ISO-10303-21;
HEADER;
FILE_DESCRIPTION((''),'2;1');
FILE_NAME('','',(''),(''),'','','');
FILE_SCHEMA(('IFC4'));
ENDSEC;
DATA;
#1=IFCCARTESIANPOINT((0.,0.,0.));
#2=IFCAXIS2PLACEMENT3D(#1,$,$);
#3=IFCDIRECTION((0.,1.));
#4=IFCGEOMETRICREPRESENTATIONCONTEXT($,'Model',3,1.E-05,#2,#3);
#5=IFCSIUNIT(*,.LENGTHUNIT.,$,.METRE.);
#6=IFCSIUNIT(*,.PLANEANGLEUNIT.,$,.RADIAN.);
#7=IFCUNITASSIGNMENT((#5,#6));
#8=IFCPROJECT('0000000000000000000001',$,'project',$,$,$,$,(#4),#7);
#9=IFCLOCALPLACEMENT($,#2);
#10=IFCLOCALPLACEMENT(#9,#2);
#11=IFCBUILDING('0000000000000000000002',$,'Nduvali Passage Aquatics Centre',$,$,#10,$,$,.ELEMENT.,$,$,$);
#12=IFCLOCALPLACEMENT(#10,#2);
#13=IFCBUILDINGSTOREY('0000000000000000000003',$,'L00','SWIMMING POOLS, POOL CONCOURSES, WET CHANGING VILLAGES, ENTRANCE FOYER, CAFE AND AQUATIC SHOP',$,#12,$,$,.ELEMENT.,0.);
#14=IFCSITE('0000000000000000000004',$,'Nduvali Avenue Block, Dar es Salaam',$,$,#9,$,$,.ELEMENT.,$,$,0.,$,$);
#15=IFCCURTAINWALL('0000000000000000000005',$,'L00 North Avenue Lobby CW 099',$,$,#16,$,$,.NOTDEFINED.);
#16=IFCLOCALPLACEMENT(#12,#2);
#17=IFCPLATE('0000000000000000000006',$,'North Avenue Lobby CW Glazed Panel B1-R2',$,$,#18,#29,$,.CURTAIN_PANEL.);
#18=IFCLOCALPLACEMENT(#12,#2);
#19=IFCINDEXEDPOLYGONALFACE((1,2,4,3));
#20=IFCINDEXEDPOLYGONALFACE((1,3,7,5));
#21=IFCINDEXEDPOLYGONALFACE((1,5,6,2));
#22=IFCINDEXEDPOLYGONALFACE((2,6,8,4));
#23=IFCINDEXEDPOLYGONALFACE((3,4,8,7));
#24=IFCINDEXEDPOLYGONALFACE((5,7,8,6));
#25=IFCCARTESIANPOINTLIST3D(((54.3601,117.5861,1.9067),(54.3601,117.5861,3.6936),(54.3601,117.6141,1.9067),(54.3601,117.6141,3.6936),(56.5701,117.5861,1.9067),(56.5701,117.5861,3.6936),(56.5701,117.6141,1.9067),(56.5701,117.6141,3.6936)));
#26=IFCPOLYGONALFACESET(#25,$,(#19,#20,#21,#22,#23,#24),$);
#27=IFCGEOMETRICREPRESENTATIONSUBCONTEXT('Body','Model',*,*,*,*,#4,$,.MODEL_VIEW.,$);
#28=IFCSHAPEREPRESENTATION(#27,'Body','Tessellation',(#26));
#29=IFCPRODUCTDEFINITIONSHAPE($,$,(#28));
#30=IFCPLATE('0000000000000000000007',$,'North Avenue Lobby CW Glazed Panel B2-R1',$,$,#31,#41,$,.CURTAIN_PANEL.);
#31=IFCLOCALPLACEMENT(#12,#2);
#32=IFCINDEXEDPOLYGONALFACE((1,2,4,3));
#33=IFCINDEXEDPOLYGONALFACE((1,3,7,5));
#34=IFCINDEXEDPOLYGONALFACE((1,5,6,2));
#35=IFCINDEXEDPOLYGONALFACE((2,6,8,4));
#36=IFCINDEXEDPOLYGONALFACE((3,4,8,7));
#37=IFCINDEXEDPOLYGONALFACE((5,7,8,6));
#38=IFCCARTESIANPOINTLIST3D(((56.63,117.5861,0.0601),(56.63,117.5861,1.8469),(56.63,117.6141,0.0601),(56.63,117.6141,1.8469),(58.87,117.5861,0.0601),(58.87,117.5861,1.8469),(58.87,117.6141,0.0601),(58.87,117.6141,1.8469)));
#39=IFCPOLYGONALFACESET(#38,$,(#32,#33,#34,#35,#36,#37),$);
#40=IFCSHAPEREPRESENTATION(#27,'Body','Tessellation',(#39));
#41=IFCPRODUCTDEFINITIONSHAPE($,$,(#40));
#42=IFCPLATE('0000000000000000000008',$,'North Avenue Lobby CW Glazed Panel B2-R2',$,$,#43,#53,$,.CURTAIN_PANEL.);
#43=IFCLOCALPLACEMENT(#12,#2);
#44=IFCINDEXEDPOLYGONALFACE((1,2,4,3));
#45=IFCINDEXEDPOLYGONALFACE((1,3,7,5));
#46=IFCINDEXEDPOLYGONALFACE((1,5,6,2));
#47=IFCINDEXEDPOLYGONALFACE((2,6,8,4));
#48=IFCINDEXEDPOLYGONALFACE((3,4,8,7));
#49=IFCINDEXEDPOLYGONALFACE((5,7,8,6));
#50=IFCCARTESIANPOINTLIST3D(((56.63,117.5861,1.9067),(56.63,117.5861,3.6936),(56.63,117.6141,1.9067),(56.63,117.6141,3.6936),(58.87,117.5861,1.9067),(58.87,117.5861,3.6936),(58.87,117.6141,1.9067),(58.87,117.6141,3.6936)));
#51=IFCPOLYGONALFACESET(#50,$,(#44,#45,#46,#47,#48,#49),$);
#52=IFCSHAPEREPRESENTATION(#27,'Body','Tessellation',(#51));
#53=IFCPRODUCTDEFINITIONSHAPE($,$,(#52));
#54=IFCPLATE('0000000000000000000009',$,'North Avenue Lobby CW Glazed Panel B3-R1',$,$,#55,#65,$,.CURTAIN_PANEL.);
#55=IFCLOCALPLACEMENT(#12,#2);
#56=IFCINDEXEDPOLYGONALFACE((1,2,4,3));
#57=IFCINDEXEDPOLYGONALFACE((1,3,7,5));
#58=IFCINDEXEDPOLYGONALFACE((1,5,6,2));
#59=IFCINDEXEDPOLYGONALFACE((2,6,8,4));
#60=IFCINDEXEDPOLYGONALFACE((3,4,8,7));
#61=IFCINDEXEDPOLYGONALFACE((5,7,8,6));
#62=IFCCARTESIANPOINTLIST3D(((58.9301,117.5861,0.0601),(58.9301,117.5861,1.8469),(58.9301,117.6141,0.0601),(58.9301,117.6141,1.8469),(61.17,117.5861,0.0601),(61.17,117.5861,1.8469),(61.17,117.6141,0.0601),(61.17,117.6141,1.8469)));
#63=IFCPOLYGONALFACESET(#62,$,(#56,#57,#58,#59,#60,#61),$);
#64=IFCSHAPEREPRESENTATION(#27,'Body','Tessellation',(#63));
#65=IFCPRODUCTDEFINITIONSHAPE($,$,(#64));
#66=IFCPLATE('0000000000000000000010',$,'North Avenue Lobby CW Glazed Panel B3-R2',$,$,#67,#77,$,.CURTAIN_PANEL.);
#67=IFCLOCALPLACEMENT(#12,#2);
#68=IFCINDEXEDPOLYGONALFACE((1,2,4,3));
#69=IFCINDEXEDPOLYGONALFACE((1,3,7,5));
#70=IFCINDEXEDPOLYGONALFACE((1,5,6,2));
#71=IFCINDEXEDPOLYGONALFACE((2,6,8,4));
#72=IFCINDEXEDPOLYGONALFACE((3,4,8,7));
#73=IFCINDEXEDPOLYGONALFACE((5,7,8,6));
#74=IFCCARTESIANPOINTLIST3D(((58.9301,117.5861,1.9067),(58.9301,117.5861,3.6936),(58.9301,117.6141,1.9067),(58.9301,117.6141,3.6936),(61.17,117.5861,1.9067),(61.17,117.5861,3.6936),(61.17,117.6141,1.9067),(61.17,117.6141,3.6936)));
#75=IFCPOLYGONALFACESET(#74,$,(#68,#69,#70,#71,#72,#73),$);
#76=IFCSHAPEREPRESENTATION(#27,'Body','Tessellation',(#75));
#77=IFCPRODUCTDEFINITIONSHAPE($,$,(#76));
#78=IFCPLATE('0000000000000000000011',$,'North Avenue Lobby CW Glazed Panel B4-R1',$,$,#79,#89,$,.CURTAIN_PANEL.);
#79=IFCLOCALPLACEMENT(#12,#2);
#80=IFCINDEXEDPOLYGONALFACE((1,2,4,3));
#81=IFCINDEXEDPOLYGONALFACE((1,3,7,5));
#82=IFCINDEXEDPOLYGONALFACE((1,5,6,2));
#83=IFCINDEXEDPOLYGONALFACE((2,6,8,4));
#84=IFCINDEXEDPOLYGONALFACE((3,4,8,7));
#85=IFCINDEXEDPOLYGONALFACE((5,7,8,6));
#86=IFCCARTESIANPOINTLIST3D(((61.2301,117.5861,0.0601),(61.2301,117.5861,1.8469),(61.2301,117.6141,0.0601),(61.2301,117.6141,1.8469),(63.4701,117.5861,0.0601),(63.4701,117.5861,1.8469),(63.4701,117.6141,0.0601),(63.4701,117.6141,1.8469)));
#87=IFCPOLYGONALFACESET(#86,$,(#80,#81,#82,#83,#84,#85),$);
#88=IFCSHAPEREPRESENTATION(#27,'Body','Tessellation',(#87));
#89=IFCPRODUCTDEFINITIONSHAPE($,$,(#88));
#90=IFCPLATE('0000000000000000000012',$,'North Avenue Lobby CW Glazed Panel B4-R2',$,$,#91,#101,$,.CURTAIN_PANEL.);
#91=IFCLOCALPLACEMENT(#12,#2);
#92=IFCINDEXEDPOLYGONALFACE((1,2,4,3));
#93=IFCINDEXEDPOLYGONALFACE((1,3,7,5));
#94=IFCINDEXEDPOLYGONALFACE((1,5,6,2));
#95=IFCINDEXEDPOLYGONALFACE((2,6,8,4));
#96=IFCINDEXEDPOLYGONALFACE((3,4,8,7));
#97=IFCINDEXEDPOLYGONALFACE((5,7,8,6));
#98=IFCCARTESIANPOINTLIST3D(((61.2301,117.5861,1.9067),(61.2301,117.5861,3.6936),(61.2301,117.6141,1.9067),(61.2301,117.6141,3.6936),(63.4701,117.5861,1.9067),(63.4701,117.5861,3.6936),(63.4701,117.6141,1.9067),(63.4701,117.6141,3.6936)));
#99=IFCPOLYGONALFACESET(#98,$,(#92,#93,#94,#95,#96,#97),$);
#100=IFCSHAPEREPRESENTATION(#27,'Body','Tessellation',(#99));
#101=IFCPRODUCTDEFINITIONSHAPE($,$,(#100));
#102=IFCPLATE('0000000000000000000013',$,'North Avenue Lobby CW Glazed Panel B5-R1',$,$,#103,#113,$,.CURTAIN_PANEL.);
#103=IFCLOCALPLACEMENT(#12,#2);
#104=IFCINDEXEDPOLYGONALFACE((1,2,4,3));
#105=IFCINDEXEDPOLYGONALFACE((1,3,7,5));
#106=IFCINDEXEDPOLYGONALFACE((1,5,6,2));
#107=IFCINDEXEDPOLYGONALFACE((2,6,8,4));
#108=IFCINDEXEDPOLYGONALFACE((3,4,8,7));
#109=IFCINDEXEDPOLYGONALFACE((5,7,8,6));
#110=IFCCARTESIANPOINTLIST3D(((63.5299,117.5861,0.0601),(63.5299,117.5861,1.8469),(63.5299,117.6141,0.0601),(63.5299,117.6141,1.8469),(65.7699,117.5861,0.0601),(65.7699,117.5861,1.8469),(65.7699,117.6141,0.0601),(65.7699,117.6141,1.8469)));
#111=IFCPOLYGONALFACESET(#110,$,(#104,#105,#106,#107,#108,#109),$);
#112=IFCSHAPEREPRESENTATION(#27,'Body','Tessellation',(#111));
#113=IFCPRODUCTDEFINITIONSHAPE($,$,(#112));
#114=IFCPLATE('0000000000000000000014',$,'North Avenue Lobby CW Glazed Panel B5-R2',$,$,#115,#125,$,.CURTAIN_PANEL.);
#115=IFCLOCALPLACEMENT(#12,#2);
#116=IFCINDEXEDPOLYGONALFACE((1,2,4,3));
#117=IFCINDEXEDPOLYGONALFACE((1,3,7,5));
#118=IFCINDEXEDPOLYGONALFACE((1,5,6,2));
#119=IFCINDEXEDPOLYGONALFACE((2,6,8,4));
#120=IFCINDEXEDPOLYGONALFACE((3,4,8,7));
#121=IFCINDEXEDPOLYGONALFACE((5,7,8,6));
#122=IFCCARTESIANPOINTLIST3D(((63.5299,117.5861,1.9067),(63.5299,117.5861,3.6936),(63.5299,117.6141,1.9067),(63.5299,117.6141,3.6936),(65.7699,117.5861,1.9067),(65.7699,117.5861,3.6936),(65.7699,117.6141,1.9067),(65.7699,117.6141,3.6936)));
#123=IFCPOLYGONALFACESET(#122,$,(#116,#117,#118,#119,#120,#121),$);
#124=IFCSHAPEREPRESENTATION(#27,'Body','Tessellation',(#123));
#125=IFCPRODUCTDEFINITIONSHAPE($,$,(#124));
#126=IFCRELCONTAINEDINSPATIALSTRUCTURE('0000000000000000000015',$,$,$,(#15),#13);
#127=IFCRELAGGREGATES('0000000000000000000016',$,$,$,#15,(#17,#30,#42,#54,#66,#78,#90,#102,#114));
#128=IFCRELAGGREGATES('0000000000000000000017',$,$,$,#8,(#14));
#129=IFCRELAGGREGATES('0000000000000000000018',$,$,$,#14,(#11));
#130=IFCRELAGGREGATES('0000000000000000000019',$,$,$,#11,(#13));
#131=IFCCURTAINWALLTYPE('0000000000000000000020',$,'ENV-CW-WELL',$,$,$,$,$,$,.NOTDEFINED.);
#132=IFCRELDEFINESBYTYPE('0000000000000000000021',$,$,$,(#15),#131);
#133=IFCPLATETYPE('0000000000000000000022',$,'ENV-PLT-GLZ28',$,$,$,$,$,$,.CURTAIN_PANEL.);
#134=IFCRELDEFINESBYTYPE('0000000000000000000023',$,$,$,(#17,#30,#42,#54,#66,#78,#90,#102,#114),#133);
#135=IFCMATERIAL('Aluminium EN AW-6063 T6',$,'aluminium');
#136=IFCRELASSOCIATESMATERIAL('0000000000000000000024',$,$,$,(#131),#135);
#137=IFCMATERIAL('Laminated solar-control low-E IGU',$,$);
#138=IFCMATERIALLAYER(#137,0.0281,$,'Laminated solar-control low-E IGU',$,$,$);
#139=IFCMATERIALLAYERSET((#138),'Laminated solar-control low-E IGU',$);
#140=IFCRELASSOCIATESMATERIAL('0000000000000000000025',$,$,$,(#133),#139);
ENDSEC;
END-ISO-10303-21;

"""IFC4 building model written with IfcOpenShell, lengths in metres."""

from ifc_helpers import new_model, si_unit, direction, frame, origin, origin_2d, place, context, subcontext, project, spatial, rectangle, extrude, material, layer, layer_set, type_object, element, aggregate, save


model = new_model("IFC4")

# Units and contexts
model_context = context("Model", 3, precision=1e-05, world=origin(), true_north=direction((0.0, 1.0)))
body_context = subcontext(model_context, "Body", "Model", "MODEL_VIEW")
ifc_project = project(units=[si_unit("LENGTHUNIT", "METRE"), si_unit("PLANEANGLEUNIT", "RADIAN")], contexts=[model_context])

# Site, building, storey
site_placement = place(None, origin())
site = spatial("IfcSite", under=ifc_project, at=site_placement, Name="Nduvali Avenue Block, Dar es Salaam", CompositionType="ELEMENT", RefElevation=0.0)
building_placement = place(site_placement, origin())
building = spatial("IfcBuilding", under=site, at=building_placement, Name="Nduvali Passage Aquatics Centre", CompositionType="ELEMENT")
storey_placement = place(building_placement, origin())
storey = spatial("IfcBuildingStorey", under=building, at=storey_placement, Name="L00", Description="SWIMMING POOLS, POOL CONCOURSES, WET CHANGING VILLAGES, ENTRANCE FOYER, CAFE AND AQUATIC SHOP", CompositionType="ELEMENT", Elevation=0.0)

# Curtain wall
ifc_material_1 = material(Name="Aluminium EN AW-6063 T6", Category="aluminium")
curtain_wall_type = type_object("IfcCurtainWallType", Name="ENV-CW-WELL", PredefinedType="NOTDEFINED", material=ifc_material_1)
curtain_wall_placement = place(storey_placement, origin())
curtain_wall = element("IfcCurtainWall", 1, at=curtain_wall_placement, inside=storey, type_object=curtain_wall_type, Name="L00 North Avenue Lobby CW 099", PredefinedType="NOTDEFINED")

# Plates
ifc_material_2 = material(Name="Laminated solar-control low-E IGU")
ifc_layer = layer(ifc_material_2, 0.0281, Name="Laminated solar-control low-E IGU")
ifc_layer_set = layer_set([ifc_layer], Name="Laminated solar-control low-E IGU")
plate_type = type_object("IfcPlateType", Name="ENV-PLT-GLZ28", PredefinedType="CURTAIN_PANEL", material=ifc_layer_set)
plate_1_placement = place(storey_placement, frame((55.4651, 117.6001, 1.9067), z_axis=(0.0, 0.0, 1.0), x_axis=(1.0, 0.0, 0.0)))
plate_1 = element("IfcPlate", 2, at=plate_1_placement, type_object=plate_type, Name="North Avenue Lobby CW Glazed Panel B1-R2", PredefinedType="CURTAIN_PANEL", context=body_context, shape_type="SweptSolid", body=[
    extrude(rectangle(XDim=2.21, YDim=0.0281, at=origin_2d()), origin(), (0.0, 0.0, 1.0), 1.7869),
])
plate_2_placement = place(storey_placement, frame((57.75, 117.6001, 0.0601), z_axis=(0.0, 0.0, 1.0), x_axis=(1.0, 0.0, 0.0)))
plate_2 = element("IfcPlate", 3, at=plate_2_placement, type_object=plate_type, Name="North Avenue Lobby CW Glazed Panel B2-R1", PredefinedType="CURTAIN_PANEL", context=body_context, shape_type="SweptSolid", body=[
    extrude(rectangle(XDim=2.24, YDim=0.0281, at=origin_2d()), origin(), (0.0, 0.0, 1.0), 1.7869),
])
plate_3_placement = place(storey_placement, frame((57.75, 117.6001, 1.9067), z_axis=(0.0, 0.0, 1.0), x_axis=(1.0, 0.0, 0.0)))
plate_3 = element("IfcPlate", 4, at=plate_3_placement, type_object=plate_type, Name="North Avenue Lobby CW Glazed Panel B2-R2", PredefinedType="CURTAIN_PANEL", context=body_context, shape_type="SweptSolid", body=[
    extrude(rectangle(XDim=2.24, YDim=0.0281, at=origin_2d()), origin(), (0.0, 0.0, 1.0), 1.7869),
])
plate_4_placement = place(storey_placement, frame((60.05, 117.6001, 0.0601), z_axis=(0.0, 0.0, 1.0), x_axis=(1.0, 0.0, 0.0)))
plate_4 = element("IfcPlate", 5, at=plate_4_placement, type_object=plate_type, Name="North Avenue Lobby CW Glazed Panel B3-R1", PredefinedType="CURTAIN_PANEL", context=body_context, shape_type="SweptSolid", body=[
    extrude(rectangle(XDim=2.24, YDim=0.0281, at=origin_2d()), origin(), (0.0, 0.0, 1.0), 1.7869),
])
plate_5_placement = place(storey_placement, frame((60.05, 117.6001, 1.9067), z_axis=(0.0, 0.0, 1.0), x_axis=(1.0, 0.0, 0.0)))
plate_5 = element("IfcPlate", 6, at=plate_5_placement, type_object=plate_type, Name="North Avenue Lobby CW Glazed Panel B3-R2", PredefinedType="CURTAIN_PANEL", context=body_context, shape_type="SweptSolid", body=[
    extrude(rectangle(XDim=2.24, YDim=0.0281, at=origin_2d()), origin(), (0.0, 0.0, 1.0), 1.7869),
])
plate_6_placement = place(storey_placement, frame((62.3501, 117.6001, 0.0601), z_axis=(0.0, 0.0, 1.0), x_axis=(1.0, 0.0, 0.0)))
plate_6 = element("IfcPlate", 7, at=plate_6_placement, type_object=plate_type, Name="North Avenue Lobby CW Glazed Panel B4-R1", PredefinedType="CURTAIN_PANEL", context=body_context, shape_type="SweptSolid", body=[
    extrude(rectangle(XDim=2.24, YDim=0.0281, at=origin_2d()), origin(), (0.0, 0.0, 1.0), 1.7869),
])
plate_7_placement = place(storey_placement, frame((62.3501, 117.6001, 1.9067), z_axis=(0.0, 0.0, 1.0), x_axis=(1.0, 0.0, 0.0)))
plate_7 = element("IfcPlate", 8, at=plate_7_placement, type_object=plate_type, Name="North Avenue Lobby CW Glazed Panel B4-R2", PredefinedType="CURTAIN_PANEL", context=body_context, shape_type="SweptSolid", body=[
    extrude(rectangle(XDim=2.24, YDim=0.0281, at=origin_2d()), origin(), (0.0, 0.0, 1.0), 1.7869),
])
plate_8_placement = place(storey_placement, frame((64.6499, 117.6001, 0.0601), z_axis=(0.0, 0.0, 1.0), x_axis=(1.0, 0.0, 0.0)))
plate_8 = element("IfcPlate", 9, at=plate_8_placement, type_object=plate_type, Name="North Avenue Lobby CW Glazed Panel B5-R1", PredefinedType="CURTAIN_PANEL", context=body_context, shape_type="SweptSolid", body=[
    extrude(rectangle(XDim=2.24, YDim=0.0281, at=origin_2d()), origin(), (0.0, 0.0, 1.0), 1.7869),
])
plate_9_placement = place(storey_placement, frame((64.6499, 117.6001, 1.9067), z_axis=(0.0, 0.0, 1.0), x_axis=(1.0, 0.0, 0.0)))
plate_9 = element("IfcPlate", 10, at=plate_9_placement, type_object=plate_type, Name="North Avenue Lobby CW Glazed Panel B5-R2", PredefinedType="CURTAIN_PANEL", context=body_context, shape_type="SweptSolid", body=[
    extrude(rectangle(XDim=2.24, YDim=0.0281, at=origin_2d()), origin(), (0.0, 0.0, 1.0), 1.7869),
])
aggregate(curtain_wall, [plate_1, plate_2, plate_3, plate_4, plate_5, plate_6, plate_7, plate_8, plate_9])

save(model, "model.ifc")
